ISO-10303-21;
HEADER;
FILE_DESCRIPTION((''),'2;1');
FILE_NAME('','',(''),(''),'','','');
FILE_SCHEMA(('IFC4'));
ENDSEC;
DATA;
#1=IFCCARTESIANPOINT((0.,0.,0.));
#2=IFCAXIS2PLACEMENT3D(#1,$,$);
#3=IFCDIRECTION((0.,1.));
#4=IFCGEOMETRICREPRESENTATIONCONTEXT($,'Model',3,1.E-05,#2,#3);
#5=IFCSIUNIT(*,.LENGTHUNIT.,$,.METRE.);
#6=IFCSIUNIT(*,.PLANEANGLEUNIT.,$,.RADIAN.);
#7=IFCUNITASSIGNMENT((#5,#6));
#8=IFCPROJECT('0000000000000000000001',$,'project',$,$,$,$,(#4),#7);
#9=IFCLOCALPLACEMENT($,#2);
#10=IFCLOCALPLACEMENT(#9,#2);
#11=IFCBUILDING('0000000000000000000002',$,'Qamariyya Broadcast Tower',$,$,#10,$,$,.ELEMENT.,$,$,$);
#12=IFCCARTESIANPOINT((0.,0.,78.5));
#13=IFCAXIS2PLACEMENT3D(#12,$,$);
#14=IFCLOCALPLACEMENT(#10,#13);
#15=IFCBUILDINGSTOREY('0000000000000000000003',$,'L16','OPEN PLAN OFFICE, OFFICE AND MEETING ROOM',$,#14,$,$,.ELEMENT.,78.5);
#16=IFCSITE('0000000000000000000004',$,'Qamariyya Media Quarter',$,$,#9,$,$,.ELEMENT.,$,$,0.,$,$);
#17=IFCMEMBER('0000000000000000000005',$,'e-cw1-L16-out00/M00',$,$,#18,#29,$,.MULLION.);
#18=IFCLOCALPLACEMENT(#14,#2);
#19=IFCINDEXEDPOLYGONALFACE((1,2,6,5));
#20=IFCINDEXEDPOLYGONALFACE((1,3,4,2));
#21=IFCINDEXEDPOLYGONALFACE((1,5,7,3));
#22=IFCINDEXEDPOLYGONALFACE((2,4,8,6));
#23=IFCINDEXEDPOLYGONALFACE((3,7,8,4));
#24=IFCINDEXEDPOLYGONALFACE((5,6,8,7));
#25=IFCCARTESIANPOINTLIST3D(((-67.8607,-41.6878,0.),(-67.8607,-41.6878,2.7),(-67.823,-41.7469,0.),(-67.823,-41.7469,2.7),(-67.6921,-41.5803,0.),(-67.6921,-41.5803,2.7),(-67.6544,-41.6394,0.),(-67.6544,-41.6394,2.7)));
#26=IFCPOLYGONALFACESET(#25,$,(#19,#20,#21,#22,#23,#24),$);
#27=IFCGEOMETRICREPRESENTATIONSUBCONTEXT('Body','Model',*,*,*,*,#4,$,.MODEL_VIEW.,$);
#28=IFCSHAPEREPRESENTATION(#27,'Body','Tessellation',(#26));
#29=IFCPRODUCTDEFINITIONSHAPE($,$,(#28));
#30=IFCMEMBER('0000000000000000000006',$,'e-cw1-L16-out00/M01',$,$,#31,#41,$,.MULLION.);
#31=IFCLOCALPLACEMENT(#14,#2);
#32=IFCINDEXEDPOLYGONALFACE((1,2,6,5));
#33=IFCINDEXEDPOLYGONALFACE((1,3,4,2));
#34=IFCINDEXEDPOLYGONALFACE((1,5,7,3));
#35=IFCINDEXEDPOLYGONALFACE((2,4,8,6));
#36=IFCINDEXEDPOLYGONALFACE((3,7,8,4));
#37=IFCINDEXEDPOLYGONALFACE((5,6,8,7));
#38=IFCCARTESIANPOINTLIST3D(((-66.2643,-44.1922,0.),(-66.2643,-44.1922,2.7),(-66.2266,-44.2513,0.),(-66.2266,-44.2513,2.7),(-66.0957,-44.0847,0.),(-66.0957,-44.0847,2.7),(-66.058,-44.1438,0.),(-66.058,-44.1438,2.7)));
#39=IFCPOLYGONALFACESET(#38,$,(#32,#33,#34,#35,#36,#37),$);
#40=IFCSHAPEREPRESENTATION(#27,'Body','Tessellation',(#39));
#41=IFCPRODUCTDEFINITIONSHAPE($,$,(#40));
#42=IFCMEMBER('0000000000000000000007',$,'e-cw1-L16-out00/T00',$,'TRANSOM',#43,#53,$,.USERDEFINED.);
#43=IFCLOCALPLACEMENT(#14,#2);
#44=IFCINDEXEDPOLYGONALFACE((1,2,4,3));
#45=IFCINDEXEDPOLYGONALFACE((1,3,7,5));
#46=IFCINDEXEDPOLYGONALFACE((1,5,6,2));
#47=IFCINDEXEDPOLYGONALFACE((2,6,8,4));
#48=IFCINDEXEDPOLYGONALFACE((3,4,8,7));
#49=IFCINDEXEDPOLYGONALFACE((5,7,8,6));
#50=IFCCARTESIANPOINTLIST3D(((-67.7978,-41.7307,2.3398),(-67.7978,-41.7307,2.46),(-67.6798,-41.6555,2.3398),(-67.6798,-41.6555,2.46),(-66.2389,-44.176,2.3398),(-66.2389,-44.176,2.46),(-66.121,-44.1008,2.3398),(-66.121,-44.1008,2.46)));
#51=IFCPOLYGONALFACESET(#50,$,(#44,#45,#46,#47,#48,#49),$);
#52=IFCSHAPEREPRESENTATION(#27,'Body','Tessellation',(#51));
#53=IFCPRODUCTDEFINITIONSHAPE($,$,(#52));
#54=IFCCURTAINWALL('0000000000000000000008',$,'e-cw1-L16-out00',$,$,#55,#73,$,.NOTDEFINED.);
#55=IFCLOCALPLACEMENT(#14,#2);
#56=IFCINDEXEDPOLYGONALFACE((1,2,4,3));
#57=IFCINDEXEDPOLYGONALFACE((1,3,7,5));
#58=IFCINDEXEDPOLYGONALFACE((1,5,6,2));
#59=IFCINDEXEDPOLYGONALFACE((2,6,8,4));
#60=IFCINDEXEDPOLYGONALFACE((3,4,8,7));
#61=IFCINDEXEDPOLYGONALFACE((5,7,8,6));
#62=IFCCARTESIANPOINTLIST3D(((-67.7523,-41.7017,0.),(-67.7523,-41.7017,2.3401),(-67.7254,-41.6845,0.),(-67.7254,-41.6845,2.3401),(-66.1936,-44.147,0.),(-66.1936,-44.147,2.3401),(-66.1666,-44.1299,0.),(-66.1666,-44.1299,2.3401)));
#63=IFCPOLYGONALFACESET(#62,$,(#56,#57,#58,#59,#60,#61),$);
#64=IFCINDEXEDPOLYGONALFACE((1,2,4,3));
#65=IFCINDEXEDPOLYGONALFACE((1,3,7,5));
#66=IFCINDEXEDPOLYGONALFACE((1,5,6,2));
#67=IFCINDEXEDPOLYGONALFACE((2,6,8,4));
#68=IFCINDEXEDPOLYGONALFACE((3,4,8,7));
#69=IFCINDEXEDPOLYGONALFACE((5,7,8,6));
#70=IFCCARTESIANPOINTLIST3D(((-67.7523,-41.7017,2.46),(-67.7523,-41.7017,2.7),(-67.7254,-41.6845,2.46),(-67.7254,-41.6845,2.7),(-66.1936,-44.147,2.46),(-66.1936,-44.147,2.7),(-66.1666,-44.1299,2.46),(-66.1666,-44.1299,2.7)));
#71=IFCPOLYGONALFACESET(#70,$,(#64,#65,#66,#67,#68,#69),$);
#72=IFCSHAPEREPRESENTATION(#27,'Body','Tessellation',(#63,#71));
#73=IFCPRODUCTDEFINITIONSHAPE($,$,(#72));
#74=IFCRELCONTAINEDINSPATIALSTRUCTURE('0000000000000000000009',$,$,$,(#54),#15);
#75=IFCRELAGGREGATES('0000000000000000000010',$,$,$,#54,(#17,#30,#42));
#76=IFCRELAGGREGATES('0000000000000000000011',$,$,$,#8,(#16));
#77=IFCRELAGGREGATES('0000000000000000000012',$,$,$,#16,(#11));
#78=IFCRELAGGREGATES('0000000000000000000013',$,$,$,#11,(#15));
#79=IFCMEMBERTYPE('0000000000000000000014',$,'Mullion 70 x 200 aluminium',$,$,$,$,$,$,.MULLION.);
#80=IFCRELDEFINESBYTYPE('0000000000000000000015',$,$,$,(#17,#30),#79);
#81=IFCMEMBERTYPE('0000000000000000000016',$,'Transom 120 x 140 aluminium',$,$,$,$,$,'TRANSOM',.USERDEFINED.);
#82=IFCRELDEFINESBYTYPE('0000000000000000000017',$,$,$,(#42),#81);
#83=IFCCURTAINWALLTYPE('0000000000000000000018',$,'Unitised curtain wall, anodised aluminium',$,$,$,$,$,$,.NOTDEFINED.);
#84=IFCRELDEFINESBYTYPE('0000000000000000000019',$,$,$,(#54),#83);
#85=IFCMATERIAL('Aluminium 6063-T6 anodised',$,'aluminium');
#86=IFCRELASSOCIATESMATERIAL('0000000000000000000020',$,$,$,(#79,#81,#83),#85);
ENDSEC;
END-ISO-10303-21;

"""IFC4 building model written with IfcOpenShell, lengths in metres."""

from ifc_helpers import new_model, si_unit, direction, frame, origin, origin_2d, place, context, subcontext, project, spatial, rectangle, extrude, material, material_profile, profile_set, type_object, element, aggregate, save


model = new_model("IFC4")

# Units and contexts
model_context = context("Model", 3, precision=1e-05, world=origin(), true_north=direction((0.0, 1.0)))
body_context = subcontext(model_context, "Body", "Model", "MODEL_VIEW")
ifc_project = project(units=[si_unit("LENGTHUNIT", "METRE"), si_unit("PLANEANGLEUNIT", "RADIAN")], contexts=[model_context])

# Members
ifc_material = material(Name="Aluminium 6063-T6 anodised", Category="aluminium")
ifc_material_profile_1 = material_profile(ifc_material, rectangle(XDim=0.2, YDim=0.0701, at=origin_2d()))
ifc_profile_set_1 = profile_set([ifc_material_profile_1], Name="Aluminium 6063-T6 anodised")
member_type_1 = type_object("IfcMemberType", Name="Mullion 70 x 200 aluminium", PredefinedType="MULLION", material=ifc_profile_set_1)
site_placement = place(None, origin())
building_placement = place(site_placement, origin())
storey_placement = place(building_placement, frame((0.0, 0.0, 78.5)))
member_1_placement = place(storey_placement, frame((-67.7576, -41.6636, 0.0), z_axis=(0.0, 0.0, 1.0), x_axis=(0.843222, 0.537565, 0.0)))
member_1 = element("IfcMember", 1, at=member_1_placement, type_object=member_type_1, Name="e-cw1-L16-out00/M00", PredefinedType="MULLION", context=body_context, shape_type="SweptSolid", body=[
    extrude(rectangle(XDim=0.2, YDim=0.0701, at=origin_2d()), origin(), (0.0, 0.0, 1.0), 2.7),
])
member_2_placement = place(storey_placement, frame((-66.1611, -44.168, 0.0), z_axis=(0.0, 0.0, 1.0), x_axis=(0.843222, 0.537565, 0.0)))
member_2 = element("IfcMember", 2, at=member_2_placement, type_object=member_type_1, Name="e-cw1-L16-out00/M01", PredefinedType="MULLION", context=body_context, shape_type="SweptSolid", body=[
    extrude(rectangle(XDim=0.2, YDim=0.0701, at=origin_2d()), origin(), (0.0, 0.0, 1.0), 2.7),
])
ifc_material_profile_2 = material_profile(ifc_material, rectangle(XDim=0.1399, YDim=0.1201, at=origin_2d()))
ifc_profile_set_2 = profile_set([ifc_material_profile_2], Name="Aluminium 6063-T6 anodised")
member_type_2 = type_object("IfcMemberType", Name="Transom 120 x 140 aluminium", ElementType="TRANSOM", PredefinedType="USERDEFINED", material=ifc_profile_set_2)
member_3_placement = place(storey_placement, frame((-67.7388, -41.6931, 2.3999), z_axis=(0.537545, -0.843235, 0.0), x_axis=(0.843235, 0.537545, 0.0)))
member_3 = element("IfcMember", 3, at=member_3_placement, type_object=member_type_2, Name="e-cw1-L16-out00/T00", ObjectType="TRANSOM", PredefinedType="USERDEFINED", context=body_context, shape_type="SweptSolid", body=[
    extrude(rectangle(XDim=0.1399, YDim=0.1201, at=origin_2d()), origin(), (0.0, 0.0, 1.0), 2.8999),
])

# Site, building, storey
site = spatial("IfcSite", under=ifc_project, at=site_placement, Name="Qamariyya Media Quarter", CompositionType="ELEMENT", RefElevation=0.0)
building = spatial("IfcBuilding", under=site, at=building_placement, Name="Qamariyya Broadcast Tower", CompositionType="ELEMENT")
storey = spatial("IfcBuildingStorey", under=building, at=storey_placement, Name="L16", Description="OPEN PLAN OFFICE, OFFICE AND MEETING ROOM", CompositionType="ELEMENT", Elevation=78.5)

# Curtain wall
curtain_wall_type = type_object("IfcCurtainWallType", Name="Unitised curtain wall, anodised aluminium", PredefinedType="NOTDEFINED", material=ifc_material)
curtain_wall_1_placement = place(storey_placement, origin())
curtain_wall_1 = element("IfcCurtainWall", 4, at=curtain_wall_1_placement, inside=storey, type_object=curtain_wall_type, Name="e-cw1-L16-out00", PredefinedType="NOTDEFINED", context=body_context, shape_type="SweptSolid", body=[
    extrude(rectangle(XDim=2.8999, YDim=0.032, at=origin_2d()), frame((-66.9595, -42.9158, 0.0), x_axis=(0.537515, -0.843254, 0.0)), (0.0, 0.0, 1.0), 2.3401),
    extrude(rectangle(XDim=2.8999, YDim=0.032, at=origin_2d()), frame((-66.9595, -42.9158, 2.46), x_axis=(0.537515, -0.843254, 0.0)), (0.0, 0.0, 1.0), 0.24),
])
aggregate(curtain_wall_1, [member_1, member_2, member_3])

save(model, "model.ifc")
